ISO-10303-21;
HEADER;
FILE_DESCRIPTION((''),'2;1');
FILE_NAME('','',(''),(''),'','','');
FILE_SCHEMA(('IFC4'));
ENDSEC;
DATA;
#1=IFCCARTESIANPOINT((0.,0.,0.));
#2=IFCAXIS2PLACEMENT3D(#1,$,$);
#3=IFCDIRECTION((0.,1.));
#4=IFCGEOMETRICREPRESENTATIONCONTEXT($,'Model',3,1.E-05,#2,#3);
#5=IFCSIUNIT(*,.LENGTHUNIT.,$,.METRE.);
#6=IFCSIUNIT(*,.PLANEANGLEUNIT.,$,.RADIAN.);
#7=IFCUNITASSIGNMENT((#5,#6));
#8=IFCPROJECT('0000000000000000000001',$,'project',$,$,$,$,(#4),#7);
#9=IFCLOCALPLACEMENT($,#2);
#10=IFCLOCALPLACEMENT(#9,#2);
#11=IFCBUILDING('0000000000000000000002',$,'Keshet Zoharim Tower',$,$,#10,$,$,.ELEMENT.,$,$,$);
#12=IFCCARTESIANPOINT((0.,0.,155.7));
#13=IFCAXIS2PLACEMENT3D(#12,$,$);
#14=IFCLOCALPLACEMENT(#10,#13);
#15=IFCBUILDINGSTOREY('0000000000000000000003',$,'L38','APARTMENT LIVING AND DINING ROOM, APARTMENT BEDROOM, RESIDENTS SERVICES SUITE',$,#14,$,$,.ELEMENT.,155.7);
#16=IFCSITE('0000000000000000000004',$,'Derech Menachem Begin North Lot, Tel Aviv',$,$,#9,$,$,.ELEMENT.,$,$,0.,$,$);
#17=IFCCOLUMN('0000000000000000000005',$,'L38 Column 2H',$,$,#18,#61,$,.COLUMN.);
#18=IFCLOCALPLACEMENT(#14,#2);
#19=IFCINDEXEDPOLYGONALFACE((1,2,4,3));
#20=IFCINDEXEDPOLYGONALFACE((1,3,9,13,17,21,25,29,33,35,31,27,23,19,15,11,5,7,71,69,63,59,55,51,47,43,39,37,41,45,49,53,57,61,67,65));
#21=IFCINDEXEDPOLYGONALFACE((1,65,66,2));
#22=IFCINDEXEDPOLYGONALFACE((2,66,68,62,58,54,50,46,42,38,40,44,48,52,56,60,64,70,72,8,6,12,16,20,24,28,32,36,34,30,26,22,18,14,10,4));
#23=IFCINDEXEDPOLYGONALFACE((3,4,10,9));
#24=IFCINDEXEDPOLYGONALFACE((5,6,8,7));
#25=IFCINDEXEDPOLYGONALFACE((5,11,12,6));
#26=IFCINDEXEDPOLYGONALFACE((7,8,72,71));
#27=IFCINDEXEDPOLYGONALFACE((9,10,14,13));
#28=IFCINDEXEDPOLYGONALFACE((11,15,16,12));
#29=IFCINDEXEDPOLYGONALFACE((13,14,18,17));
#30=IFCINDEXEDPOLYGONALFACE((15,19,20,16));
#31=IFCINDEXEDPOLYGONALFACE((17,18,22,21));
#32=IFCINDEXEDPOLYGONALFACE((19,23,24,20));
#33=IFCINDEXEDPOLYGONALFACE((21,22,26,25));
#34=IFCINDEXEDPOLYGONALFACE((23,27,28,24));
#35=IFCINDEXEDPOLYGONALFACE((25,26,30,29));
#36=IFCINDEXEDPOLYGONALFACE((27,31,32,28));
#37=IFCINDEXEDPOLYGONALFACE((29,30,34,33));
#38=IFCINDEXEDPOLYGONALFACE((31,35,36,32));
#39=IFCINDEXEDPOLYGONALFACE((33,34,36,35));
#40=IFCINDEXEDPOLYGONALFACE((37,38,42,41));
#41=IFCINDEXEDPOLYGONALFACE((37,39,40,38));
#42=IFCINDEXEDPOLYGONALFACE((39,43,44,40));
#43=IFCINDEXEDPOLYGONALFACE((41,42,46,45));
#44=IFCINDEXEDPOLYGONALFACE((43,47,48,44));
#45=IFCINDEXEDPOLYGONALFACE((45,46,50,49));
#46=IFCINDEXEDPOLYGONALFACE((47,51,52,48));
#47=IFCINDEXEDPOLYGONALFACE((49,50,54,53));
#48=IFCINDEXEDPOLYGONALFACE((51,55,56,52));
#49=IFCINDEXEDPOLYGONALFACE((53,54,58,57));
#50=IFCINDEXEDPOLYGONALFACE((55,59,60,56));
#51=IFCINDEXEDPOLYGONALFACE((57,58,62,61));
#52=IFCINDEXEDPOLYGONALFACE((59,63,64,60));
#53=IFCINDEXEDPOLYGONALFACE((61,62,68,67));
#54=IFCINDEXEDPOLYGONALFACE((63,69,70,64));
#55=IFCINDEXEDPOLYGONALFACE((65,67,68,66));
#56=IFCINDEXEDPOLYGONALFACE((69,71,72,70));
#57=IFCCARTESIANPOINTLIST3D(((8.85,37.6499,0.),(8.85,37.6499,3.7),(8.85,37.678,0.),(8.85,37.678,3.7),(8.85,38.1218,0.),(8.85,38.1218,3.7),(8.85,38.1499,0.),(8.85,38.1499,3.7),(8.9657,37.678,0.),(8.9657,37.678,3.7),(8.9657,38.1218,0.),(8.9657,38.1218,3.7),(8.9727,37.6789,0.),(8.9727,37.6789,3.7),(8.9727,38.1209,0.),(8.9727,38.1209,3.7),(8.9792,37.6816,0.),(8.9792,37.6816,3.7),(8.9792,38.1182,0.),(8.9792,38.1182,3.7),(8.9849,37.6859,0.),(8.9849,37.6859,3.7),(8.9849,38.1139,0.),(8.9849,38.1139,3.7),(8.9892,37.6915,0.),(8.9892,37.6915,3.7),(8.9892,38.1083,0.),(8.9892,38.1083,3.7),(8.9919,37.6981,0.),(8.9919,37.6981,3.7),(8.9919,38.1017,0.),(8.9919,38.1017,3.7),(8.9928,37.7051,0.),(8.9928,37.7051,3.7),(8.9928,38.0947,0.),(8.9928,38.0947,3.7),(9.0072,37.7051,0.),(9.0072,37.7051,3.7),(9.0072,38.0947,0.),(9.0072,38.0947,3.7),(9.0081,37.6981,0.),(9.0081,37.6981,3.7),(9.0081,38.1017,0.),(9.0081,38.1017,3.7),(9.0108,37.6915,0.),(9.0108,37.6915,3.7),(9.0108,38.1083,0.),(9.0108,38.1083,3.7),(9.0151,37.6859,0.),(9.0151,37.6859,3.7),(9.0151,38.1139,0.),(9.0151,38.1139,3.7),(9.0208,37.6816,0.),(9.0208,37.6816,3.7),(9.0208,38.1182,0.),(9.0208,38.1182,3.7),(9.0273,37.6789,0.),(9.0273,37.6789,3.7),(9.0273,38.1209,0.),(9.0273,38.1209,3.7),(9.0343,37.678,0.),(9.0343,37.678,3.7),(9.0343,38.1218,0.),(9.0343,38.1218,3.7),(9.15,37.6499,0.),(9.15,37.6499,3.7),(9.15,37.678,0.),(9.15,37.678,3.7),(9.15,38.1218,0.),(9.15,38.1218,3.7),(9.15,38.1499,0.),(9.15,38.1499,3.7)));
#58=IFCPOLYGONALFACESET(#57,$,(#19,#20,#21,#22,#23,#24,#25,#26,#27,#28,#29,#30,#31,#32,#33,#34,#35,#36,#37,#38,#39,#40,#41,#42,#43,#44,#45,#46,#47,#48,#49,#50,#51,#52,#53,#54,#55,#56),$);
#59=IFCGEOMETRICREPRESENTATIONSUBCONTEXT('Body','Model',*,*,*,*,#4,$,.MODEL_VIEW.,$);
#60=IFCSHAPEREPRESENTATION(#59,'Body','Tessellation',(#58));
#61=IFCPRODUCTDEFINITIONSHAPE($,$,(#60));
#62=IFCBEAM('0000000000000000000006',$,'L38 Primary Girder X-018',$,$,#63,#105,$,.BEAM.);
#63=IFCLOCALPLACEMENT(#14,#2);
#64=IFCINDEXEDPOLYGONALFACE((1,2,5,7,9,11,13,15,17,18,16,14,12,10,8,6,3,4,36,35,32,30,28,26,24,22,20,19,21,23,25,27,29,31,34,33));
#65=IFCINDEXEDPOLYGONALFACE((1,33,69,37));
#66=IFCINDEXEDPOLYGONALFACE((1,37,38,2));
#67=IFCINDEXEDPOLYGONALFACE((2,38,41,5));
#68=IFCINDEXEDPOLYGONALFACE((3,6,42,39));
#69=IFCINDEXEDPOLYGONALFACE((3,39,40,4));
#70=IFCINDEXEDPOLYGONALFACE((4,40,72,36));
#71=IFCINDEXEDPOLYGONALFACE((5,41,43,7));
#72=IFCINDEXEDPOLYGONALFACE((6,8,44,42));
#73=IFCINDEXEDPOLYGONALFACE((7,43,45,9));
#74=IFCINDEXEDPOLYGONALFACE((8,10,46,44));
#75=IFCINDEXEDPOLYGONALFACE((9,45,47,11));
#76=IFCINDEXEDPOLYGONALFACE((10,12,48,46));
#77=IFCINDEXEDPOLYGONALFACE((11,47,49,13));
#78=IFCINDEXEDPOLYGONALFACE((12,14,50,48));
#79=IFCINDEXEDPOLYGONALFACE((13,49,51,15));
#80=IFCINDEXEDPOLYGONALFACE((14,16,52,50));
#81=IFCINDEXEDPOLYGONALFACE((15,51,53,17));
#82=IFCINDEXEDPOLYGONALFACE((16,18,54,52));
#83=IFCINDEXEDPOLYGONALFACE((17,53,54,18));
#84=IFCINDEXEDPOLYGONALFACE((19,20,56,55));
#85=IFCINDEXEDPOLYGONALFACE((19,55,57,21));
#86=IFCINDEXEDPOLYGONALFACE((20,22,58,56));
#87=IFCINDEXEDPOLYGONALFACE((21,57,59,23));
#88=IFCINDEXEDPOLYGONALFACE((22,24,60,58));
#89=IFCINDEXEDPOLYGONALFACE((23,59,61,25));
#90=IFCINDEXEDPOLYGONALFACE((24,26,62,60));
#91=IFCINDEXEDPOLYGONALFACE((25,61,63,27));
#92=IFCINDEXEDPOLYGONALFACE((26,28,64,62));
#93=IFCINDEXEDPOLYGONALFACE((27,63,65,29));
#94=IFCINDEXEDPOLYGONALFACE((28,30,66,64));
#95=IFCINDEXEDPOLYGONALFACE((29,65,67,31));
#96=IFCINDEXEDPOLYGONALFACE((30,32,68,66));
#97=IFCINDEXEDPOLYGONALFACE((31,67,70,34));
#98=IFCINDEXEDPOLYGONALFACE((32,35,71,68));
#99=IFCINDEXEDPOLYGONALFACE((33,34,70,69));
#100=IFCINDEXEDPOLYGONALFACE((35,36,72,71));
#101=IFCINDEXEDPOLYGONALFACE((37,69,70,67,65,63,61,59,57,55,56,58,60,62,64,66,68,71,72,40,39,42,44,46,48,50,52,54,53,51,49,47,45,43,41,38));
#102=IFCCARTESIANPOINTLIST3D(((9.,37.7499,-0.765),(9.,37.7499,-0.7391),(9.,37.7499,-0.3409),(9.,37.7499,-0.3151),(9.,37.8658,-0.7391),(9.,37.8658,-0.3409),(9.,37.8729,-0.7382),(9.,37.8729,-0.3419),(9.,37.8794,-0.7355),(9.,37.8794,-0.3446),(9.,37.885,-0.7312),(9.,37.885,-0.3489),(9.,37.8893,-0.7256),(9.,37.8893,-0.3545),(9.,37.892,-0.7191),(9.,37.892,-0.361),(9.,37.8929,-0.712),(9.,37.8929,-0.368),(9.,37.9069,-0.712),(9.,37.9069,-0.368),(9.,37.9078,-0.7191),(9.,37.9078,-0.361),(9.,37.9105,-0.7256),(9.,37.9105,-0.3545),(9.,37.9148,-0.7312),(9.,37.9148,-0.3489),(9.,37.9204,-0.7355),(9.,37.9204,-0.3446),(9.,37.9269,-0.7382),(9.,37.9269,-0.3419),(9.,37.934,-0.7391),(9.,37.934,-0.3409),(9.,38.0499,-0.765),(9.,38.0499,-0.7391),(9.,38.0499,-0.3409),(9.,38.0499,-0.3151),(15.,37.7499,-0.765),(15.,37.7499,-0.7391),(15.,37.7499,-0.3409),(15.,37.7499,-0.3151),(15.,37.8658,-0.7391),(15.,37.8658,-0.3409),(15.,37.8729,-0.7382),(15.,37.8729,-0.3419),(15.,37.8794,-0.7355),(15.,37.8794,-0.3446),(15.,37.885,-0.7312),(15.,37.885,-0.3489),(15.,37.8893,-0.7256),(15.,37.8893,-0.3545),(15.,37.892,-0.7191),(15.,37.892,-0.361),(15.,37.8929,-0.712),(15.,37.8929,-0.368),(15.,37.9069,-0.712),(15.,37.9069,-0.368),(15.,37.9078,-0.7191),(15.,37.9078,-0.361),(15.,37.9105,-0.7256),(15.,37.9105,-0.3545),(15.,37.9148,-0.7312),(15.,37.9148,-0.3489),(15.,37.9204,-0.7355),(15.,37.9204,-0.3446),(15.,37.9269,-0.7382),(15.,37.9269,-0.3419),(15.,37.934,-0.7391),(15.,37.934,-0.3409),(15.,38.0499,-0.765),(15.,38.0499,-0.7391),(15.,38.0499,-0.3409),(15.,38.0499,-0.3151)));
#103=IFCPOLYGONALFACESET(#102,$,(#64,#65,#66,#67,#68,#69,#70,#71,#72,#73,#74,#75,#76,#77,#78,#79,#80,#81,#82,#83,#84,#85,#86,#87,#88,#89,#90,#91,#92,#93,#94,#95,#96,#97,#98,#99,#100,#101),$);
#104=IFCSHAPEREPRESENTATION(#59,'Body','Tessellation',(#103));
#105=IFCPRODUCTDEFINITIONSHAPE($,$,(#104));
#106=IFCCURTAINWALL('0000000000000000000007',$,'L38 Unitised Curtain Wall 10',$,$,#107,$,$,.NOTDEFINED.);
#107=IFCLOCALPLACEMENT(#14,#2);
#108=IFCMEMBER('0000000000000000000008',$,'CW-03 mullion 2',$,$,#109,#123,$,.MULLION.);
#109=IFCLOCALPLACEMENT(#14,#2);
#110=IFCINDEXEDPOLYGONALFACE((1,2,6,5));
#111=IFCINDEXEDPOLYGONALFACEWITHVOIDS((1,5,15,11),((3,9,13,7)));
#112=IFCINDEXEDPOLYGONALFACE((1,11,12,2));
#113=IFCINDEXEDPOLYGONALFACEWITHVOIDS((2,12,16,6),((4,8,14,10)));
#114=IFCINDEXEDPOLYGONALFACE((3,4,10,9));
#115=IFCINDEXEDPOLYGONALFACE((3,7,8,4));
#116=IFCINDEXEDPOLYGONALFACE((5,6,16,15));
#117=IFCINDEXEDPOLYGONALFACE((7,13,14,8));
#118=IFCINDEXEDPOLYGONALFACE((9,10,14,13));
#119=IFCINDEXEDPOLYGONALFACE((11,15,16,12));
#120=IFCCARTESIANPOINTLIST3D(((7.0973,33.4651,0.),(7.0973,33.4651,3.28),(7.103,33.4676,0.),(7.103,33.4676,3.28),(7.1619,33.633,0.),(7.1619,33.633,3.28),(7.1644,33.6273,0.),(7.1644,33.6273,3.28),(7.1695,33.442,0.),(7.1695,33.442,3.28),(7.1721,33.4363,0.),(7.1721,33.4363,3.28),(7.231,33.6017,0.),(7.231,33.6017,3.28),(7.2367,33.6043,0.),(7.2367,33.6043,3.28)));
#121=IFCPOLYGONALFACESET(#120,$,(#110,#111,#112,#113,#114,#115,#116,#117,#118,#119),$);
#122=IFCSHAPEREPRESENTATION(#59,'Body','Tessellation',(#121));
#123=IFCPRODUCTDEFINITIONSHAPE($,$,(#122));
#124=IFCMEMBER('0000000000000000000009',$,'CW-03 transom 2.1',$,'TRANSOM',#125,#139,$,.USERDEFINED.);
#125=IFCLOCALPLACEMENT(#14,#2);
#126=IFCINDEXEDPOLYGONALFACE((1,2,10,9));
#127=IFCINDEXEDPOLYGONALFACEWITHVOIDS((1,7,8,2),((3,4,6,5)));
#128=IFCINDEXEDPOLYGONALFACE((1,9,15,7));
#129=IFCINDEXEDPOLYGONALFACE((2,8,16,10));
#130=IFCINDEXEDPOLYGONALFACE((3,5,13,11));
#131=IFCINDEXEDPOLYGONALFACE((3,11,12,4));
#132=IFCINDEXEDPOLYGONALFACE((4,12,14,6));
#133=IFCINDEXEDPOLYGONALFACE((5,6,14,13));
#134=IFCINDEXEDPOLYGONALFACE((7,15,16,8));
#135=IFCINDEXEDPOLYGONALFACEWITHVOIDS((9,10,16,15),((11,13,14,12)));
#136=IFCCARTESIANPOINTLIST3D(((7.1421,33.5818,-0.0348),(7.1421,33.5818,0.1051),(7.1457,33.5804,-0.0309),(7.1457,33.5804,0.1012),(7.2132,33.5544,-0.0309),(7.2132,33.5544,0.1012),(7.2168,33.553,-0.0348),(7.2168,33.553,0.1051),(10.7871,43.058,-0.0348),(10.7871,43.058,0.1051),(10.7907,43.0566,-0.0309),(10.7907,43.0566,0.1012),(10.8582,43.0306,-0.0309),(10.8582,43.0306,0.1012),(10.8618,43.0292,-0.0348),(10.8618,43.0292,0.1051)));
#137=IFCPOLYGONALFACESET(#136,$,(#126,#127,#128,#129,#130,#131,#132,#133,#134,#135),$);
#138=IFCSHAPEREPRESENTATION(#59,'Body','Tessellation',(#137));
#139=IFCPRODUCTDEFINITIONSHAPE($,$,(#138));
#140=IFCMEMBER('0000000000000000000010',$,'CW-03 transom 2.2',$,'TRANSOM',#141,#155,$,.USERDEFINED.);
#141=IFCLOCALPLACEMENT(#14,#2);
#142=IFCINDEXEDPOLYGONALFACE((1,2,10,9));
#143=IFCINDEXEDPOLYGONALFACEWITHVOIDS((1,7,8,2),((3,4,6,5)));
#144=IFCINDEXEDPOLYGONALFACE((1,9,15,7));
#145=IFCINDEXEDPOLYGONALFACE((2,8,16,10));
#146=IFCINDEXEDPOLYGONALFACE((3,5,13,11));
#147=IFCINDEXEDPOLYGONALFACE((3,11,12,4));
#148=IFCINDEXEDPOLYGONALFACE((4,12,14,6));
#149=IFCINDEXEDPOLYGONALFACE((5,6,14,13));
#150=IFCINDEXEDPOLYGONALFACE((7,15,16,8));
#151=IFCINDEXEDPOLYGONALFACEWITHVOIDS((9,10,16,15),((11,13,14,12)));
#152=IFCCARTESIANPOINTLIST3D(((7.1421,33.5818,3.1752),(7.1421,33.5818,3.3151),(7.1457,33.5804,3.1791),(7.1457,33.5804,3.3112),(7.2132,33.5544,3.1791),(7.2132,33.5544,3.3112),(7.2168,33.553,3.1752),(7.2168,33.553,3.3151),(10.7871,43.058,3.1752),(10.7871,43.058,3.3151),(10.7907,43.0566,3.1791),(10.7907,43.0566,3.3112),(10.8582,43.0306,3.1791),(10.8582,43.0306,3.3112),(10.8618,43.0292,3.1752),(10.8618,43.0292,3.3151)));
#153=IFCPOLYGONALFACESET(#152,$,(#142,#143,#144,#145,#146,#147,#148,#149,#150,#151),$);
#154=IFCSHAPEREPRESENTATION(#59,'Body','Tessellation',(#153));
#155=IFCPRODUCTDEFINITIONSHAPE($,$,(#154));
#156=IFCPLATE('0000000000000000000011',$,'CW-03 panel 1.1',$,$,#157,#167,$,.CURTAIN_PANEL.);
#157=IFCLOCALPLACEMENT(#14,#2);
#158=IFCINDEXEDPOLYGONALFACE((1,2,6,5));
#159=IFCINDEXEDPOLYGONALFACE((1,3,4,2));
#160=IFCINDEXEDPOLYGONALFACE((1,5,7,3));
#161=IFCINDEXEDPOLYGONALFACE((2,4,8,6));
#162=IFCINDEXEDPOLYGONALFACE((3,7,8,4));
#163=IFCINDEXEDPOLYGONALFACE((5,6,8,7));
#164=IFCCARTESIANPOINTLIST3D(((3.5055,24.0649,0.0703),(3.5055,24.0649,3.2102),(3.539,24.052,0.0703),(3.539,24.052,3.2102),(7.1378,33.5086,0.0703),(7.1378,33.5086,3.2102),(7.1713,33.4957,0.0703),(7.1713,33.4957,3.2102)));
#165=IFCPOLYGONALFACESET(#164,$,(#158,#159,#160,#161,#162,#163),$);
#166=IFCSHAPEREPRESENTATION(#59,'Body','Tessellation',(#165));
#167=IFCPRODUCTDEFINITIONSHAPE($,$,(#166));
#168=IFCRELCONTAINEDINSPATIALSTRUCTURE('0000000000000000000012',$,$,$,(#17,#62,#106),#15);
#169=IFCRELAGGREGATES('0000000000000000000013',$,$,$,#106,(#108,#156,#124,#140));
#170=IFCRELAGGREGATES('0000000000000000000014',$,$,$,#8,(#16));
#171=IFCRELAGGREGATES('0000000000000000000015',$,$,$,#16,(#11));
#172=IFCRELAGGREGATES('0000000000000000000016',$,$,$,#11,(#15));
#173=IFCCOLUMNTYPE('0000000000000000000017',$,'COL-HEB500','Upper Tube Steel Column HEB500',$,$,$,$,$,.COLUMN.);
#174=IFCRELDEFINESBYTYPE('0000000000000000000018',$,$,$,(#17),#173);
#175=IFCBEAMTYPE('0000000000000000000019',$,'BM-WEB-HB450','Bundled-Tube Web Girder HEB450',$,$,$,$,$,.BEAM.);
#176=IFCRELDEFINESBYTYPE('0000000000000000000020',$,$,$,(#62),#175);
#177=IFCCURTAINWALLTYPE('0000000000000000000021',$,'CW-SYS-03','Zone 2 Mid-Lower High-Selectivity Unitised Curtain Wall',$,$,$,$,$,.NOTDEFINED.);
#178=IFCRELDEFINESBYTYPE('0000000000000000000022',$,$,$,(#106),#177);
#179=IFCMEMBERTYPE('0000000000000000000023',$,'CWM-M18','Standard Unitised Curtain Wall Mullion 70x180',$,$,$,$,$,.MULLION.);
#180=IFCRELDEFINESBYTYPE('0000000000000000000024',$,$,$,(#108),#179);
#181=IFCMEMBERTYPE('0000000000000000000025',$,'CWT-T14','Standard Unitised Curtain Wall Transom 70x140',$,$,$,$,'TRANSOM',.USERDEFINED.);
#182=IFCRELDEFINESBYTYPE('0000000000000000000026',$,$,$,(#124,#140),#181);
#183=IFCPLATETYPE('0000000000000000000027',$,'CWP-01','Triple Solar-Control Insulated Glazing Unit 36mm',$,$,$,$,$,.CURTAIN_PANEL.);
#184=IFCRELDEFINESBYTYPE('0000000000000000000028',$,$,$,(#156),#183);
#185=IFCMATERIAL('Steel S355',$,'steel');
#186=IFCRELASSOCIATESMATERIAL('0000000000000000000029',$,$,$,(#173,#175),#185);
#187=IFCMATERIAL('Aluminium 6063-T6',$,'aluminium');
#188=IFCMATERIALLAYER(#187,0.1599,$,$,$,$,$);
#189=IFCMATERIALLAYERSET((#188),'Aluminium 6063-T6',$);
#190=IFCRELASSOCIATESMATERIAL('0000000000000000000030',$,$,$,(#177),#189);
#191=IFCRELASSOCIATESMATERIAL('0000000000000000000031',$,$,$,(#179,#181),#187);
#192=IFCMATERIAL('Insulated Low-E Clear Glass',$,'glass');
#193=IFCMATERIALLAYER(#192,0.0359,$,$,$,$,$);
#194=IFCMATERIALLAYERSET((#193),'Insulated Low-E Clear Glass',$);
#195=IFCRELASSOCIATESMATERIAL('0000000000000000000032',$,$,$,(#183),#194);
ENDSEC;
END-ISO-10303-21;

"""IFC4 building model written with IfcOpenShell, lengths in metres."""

from ifc_helpers import new_model, si_unit, direction, frame, origin, origin_2d, place, context, subcontext, project, spatial, rectangle, hollow_rectangle, i_section, extrude, material, layer, layer_set, material_profile, profile_set, type_object, element, aggregate, save


model = new_model("IFC4")

# Units and contexts
model_context = context("Model", 3, precision=1e-05, world=origin(), true_north=direction((0.0, 1.0)))
body_context = subcontext(model_context, "Body", "Model", "MODEL_VIEW")
ifc_project = project(units=[si_unit("LENGTHUNIT", "METRE"), si_unit("PLANEANGLEUNIT", "RADIAN")], contexts=[model_context])

# Site, building, storey
site_placement = place(None, origin())
site = spatial("IfcSite", under=ifc_project, at=site_placement, Name="Derech Menachem Begin North Lot, Tel Aviv", CompositionType="ELEMENT", RefElevation=0.0)
building_placement = place(site_placement, origin())
building = spatial("IfcBuilding", under=site, at=building_placement, Name="Keshet Zoharim Tower", CompositionType="ELEMENT")
storey_placement = place(building_placement, frame((0.0, 0.0, 155.7)))
storey = spatial("IfcBuildingStorey", under=building, at=storey_placement, Name="L38", Description="APARTMENT LIVING AND DINING ROOM, APARTMENT BEDROOM, RESIDENTS SERVICES SUITE", CompositionType="ELEMENT", Elevation=155.7)

# Column
ifc_material_1 = material(Name="Steel S355", Category="steel")
ifc_material_profile_1 = material_profile(ifc_material_1, i_section(OverallWidth=0.3, OverallDepth=0.5, WebThickness=0.0144, FlangeThickness=0.0281, FilletRadius=0.0271, at=origin_2d()), Name="HEB500")
ifc_profile_set_1 = profile_set([ifc_material_profile_1], Name="Steel S355")
column_type = type_object("IfcColumnType", Name="COL-HEB500", Description="Upper Tube Steel Column HEB500", PredefinedType="COLUMN", material=ifc_profile_set_1)
column_placement = place(storey_placement, frame((9.0, 37.8999, 0.0), z_axis=(0.0, 0.0, 1.0), x_axis=(1.0, 0.0, 0.0)))
element("IfcColumn", 1, at=column_placement, inside=storey, type_object=column_type, Name="L38 Column 2H", PredefinedType="COLUMN", context=body_context, shape_type="SweptSolid", body=[
    extrude(i_section(OverallWidth=0.3, OverallDepth=0.5, WebThickness=0.0144, FlangeThickness=0.0281, FilletRadius=0.0271, at=origin_2d()), origin(), (0.0, 0.0, 1.0), 3.7),
])

# Beam
ifc_material_profile_2 = material_profile(ifc_material_1, i_section(OverallWidth=0.3, OverallDepth=0.45, WebThickness=0.0139, FlangeThickness=0.0259, FilletRadius=0.0271, at=origin_2d()), Name="HEB450")
ifc_profile_set_2 = profile_set([ifc_material_profile_2], Name="Steel S355")
beam_type = type_object("IfcBeamType", Name="BM-WEB-HB450", Description="Bundled-Tube Web Girder HEB450", PredefinedType="BEAM", material=ifc_profile_set_2)
beam_placement = place(storey_placement, frame((9.0, 37.8999, -0.54), z_axis=(1.0, 0.0, 0.0), x_axis=(0.0, 1.0, 0.0)))
element("IfcBeam", 2, at=beam_placement, inside=storey, type_object=beam_type, Name="L38 Primary Girder X-018", PredefinedType="BEAM", context=body_context, shape_type="SweptSolid", body=[
    extrude(i_section(OverallWidth=0.3, OverallDepth=0.45, WebThickness=0.0139, FlangeThickness=0.0259, FilletRadius=0.0271, at=origin_2d()), origin(), (0.0, 0.0, 1.0), 6.0),
])

# Curtain wall, members, plate
ifc_material_2 = material(Name="Aluminium 6063-T6", Category="aluminium")
ifc_layer_1 = layer(ifc_material_2, 0.1599)
ifc_layer_set_1 = layer_set([ifc_layer_1], Name="Aluminium 6063-T6")
curtain_wall_type = type_object("IfcCurtainWallType", Name="CW-SYS-03", Description="Zone 2 Mid-Lower High-Selectivity Unitised Curtain Wall", PredefinedType="NOTDEFINED", material=ifc_layer_set_1)
curtain_wall_placement = place(storey_placement, origin())
curtain_wall = element("IfcCurtainWall", 3, at=curtain_wall_placement, inside=storey, type_object=curtain_wall_type, Name="L38 Unitised Curtain Wall 10", PredefinedType="NOTDEFINED")
ifc_material_profile_3 = material_profile(ifc_material_2, hollow_rectangle(XDim=0.0801, YDim=0.1799, WallThickness=0.0044, at=origin_2d()), Name="MUL-80x180")
ifc_profile_set_3 = profile_set([ifc_material_profile_3], Name="Aluminium 6063-T6")
member_type_1 = type_object("IfcMemberType", Name="CWM-M18", Description="Standard Unitised Curtain Wall Mullion 70x180", PredefinedType="MULLION", material=ifc_profile_set_3)
member_1_placement = place(storey_placement, frame((7.167, 33.5347, 0.0), z_axis=(0.0, 0.0, 1.0), x_axis=(-0.933341, 0.35899, 0.0)))
member_1 = element("IfcMember", 4, at=member_1_placement, type_object=member_type_1, Name="CW-03 mullion 2", PredefinedType="MULLION", context=body_context, shape_type="SweptSolid", body=[
    extrude(hollow_rectangle(XDim=0.0801, YDim=0.1799, WallThickness=0.0044, at=origin_2d()), origin(), (0.0, 0.0, 1.0), 3.28),
])
ifc_material_profile_4 = material_profile(ifc_material_2, hollow_rectangle(XDim=0.0801, YDim=0.1399, WallThickness=0.0039, at=origin_2d()), Name="TRN-80x140")
ifc_profile_set_4 = profile_set([ifc_material_profile_4], Name="Aluminium 6063-T6")
member_type_2 = type_object("IfcMemberType", Name="CWT-T14", Description="Standard Unitised Curtain Wall Transom 70x140", ElementType="TRANSOM", PredefinedType="USERDEFINED", material=ifc_profile_set_4)
member_2_placement = place(storey_placement, frame((7.1794, 33.5674, 0.0352), z_axis=(0.359003, 0.933336, 0.0), x_axis=(-0.933336, 0.359003, 0.0)))
member_2 = element("IfcMember", 5, at=member_2_placement, type_object=member_type_2, Name="CW-03 transom 2.1", ObjectType="TRANSOM", PredefinedType="USERDEFINED", context=body_context, shape_type="SweptSolid", body=[
    extrude(hollow_rectangle(XDim=0.0801, YDim=0.1399, WallThickness=0.0039, at=origin_2d()), origin(), (0.0, 0.0, 1.0), 10.1531),
])
member_3_placement = place(storey_placement, frame((7.1794, 33.5674, 3.2451), z_axis=(0.359003, 0.933336, 0.0), x_axis=(-0.933336, 0.359003, 0.0)))
member_3 = element("IfcMember", 6, at=member_3_placement, type_object=member_type_2, Name="CW-03 transom 2.2", ObjectType="TRANSOM", PredefinedType="USERDEFINED", context=body_context, shape_type="SweptSolid", body=[
    extrude(hollow_rectangle(XDim=0.0801, YDim=0.1399, WallThickness=0.0039, at=origin_2d()), origin(), (0.0, 0.0, 1.0), 10.1531),
])
ifc_material_3 = material(Name="Insulated Low-E Clear Glass", Category="glass")
ifc_layer_2 = layer(ifc_material_3, 0.0359)
ifc_layer_set_2 = layer_set([ifc_layer_2], Name="Insulated Low-E Clear Glass")
plate_type = type_object("IfcPlateType", Name="CWP-01", Description="Triple Solar-Control Insulated Glazing Unit 36mm", PredefinedType="CURTAIN_PANEL", material=ifc_layer_set_2)
plate_placement = place(storey_placement, frame((5.3384, 28.7803, 0.0703), z_axis=(0.0, 0.0, 1.0), x_axis=(0.35899, 0.933341, 0.0)))
plate = element("IfcPlate", 7, at=plate_placement, type_object=plate_type, Name="CW-03 panel 1.1", PredefinedType="CURTAIN_PANEL", context=body_context, shape_type="SweptSolid", body=[
    extrude(rectangle(XDim=10.1182, YDim=0.0359, at=origin_2d()), origin(), (0.0, 0.0, 1.0), 3.1399),
])
aggregate(curtain_wall, [member_1, plate, member_2, member_3])

save(model, "model.ifc")
